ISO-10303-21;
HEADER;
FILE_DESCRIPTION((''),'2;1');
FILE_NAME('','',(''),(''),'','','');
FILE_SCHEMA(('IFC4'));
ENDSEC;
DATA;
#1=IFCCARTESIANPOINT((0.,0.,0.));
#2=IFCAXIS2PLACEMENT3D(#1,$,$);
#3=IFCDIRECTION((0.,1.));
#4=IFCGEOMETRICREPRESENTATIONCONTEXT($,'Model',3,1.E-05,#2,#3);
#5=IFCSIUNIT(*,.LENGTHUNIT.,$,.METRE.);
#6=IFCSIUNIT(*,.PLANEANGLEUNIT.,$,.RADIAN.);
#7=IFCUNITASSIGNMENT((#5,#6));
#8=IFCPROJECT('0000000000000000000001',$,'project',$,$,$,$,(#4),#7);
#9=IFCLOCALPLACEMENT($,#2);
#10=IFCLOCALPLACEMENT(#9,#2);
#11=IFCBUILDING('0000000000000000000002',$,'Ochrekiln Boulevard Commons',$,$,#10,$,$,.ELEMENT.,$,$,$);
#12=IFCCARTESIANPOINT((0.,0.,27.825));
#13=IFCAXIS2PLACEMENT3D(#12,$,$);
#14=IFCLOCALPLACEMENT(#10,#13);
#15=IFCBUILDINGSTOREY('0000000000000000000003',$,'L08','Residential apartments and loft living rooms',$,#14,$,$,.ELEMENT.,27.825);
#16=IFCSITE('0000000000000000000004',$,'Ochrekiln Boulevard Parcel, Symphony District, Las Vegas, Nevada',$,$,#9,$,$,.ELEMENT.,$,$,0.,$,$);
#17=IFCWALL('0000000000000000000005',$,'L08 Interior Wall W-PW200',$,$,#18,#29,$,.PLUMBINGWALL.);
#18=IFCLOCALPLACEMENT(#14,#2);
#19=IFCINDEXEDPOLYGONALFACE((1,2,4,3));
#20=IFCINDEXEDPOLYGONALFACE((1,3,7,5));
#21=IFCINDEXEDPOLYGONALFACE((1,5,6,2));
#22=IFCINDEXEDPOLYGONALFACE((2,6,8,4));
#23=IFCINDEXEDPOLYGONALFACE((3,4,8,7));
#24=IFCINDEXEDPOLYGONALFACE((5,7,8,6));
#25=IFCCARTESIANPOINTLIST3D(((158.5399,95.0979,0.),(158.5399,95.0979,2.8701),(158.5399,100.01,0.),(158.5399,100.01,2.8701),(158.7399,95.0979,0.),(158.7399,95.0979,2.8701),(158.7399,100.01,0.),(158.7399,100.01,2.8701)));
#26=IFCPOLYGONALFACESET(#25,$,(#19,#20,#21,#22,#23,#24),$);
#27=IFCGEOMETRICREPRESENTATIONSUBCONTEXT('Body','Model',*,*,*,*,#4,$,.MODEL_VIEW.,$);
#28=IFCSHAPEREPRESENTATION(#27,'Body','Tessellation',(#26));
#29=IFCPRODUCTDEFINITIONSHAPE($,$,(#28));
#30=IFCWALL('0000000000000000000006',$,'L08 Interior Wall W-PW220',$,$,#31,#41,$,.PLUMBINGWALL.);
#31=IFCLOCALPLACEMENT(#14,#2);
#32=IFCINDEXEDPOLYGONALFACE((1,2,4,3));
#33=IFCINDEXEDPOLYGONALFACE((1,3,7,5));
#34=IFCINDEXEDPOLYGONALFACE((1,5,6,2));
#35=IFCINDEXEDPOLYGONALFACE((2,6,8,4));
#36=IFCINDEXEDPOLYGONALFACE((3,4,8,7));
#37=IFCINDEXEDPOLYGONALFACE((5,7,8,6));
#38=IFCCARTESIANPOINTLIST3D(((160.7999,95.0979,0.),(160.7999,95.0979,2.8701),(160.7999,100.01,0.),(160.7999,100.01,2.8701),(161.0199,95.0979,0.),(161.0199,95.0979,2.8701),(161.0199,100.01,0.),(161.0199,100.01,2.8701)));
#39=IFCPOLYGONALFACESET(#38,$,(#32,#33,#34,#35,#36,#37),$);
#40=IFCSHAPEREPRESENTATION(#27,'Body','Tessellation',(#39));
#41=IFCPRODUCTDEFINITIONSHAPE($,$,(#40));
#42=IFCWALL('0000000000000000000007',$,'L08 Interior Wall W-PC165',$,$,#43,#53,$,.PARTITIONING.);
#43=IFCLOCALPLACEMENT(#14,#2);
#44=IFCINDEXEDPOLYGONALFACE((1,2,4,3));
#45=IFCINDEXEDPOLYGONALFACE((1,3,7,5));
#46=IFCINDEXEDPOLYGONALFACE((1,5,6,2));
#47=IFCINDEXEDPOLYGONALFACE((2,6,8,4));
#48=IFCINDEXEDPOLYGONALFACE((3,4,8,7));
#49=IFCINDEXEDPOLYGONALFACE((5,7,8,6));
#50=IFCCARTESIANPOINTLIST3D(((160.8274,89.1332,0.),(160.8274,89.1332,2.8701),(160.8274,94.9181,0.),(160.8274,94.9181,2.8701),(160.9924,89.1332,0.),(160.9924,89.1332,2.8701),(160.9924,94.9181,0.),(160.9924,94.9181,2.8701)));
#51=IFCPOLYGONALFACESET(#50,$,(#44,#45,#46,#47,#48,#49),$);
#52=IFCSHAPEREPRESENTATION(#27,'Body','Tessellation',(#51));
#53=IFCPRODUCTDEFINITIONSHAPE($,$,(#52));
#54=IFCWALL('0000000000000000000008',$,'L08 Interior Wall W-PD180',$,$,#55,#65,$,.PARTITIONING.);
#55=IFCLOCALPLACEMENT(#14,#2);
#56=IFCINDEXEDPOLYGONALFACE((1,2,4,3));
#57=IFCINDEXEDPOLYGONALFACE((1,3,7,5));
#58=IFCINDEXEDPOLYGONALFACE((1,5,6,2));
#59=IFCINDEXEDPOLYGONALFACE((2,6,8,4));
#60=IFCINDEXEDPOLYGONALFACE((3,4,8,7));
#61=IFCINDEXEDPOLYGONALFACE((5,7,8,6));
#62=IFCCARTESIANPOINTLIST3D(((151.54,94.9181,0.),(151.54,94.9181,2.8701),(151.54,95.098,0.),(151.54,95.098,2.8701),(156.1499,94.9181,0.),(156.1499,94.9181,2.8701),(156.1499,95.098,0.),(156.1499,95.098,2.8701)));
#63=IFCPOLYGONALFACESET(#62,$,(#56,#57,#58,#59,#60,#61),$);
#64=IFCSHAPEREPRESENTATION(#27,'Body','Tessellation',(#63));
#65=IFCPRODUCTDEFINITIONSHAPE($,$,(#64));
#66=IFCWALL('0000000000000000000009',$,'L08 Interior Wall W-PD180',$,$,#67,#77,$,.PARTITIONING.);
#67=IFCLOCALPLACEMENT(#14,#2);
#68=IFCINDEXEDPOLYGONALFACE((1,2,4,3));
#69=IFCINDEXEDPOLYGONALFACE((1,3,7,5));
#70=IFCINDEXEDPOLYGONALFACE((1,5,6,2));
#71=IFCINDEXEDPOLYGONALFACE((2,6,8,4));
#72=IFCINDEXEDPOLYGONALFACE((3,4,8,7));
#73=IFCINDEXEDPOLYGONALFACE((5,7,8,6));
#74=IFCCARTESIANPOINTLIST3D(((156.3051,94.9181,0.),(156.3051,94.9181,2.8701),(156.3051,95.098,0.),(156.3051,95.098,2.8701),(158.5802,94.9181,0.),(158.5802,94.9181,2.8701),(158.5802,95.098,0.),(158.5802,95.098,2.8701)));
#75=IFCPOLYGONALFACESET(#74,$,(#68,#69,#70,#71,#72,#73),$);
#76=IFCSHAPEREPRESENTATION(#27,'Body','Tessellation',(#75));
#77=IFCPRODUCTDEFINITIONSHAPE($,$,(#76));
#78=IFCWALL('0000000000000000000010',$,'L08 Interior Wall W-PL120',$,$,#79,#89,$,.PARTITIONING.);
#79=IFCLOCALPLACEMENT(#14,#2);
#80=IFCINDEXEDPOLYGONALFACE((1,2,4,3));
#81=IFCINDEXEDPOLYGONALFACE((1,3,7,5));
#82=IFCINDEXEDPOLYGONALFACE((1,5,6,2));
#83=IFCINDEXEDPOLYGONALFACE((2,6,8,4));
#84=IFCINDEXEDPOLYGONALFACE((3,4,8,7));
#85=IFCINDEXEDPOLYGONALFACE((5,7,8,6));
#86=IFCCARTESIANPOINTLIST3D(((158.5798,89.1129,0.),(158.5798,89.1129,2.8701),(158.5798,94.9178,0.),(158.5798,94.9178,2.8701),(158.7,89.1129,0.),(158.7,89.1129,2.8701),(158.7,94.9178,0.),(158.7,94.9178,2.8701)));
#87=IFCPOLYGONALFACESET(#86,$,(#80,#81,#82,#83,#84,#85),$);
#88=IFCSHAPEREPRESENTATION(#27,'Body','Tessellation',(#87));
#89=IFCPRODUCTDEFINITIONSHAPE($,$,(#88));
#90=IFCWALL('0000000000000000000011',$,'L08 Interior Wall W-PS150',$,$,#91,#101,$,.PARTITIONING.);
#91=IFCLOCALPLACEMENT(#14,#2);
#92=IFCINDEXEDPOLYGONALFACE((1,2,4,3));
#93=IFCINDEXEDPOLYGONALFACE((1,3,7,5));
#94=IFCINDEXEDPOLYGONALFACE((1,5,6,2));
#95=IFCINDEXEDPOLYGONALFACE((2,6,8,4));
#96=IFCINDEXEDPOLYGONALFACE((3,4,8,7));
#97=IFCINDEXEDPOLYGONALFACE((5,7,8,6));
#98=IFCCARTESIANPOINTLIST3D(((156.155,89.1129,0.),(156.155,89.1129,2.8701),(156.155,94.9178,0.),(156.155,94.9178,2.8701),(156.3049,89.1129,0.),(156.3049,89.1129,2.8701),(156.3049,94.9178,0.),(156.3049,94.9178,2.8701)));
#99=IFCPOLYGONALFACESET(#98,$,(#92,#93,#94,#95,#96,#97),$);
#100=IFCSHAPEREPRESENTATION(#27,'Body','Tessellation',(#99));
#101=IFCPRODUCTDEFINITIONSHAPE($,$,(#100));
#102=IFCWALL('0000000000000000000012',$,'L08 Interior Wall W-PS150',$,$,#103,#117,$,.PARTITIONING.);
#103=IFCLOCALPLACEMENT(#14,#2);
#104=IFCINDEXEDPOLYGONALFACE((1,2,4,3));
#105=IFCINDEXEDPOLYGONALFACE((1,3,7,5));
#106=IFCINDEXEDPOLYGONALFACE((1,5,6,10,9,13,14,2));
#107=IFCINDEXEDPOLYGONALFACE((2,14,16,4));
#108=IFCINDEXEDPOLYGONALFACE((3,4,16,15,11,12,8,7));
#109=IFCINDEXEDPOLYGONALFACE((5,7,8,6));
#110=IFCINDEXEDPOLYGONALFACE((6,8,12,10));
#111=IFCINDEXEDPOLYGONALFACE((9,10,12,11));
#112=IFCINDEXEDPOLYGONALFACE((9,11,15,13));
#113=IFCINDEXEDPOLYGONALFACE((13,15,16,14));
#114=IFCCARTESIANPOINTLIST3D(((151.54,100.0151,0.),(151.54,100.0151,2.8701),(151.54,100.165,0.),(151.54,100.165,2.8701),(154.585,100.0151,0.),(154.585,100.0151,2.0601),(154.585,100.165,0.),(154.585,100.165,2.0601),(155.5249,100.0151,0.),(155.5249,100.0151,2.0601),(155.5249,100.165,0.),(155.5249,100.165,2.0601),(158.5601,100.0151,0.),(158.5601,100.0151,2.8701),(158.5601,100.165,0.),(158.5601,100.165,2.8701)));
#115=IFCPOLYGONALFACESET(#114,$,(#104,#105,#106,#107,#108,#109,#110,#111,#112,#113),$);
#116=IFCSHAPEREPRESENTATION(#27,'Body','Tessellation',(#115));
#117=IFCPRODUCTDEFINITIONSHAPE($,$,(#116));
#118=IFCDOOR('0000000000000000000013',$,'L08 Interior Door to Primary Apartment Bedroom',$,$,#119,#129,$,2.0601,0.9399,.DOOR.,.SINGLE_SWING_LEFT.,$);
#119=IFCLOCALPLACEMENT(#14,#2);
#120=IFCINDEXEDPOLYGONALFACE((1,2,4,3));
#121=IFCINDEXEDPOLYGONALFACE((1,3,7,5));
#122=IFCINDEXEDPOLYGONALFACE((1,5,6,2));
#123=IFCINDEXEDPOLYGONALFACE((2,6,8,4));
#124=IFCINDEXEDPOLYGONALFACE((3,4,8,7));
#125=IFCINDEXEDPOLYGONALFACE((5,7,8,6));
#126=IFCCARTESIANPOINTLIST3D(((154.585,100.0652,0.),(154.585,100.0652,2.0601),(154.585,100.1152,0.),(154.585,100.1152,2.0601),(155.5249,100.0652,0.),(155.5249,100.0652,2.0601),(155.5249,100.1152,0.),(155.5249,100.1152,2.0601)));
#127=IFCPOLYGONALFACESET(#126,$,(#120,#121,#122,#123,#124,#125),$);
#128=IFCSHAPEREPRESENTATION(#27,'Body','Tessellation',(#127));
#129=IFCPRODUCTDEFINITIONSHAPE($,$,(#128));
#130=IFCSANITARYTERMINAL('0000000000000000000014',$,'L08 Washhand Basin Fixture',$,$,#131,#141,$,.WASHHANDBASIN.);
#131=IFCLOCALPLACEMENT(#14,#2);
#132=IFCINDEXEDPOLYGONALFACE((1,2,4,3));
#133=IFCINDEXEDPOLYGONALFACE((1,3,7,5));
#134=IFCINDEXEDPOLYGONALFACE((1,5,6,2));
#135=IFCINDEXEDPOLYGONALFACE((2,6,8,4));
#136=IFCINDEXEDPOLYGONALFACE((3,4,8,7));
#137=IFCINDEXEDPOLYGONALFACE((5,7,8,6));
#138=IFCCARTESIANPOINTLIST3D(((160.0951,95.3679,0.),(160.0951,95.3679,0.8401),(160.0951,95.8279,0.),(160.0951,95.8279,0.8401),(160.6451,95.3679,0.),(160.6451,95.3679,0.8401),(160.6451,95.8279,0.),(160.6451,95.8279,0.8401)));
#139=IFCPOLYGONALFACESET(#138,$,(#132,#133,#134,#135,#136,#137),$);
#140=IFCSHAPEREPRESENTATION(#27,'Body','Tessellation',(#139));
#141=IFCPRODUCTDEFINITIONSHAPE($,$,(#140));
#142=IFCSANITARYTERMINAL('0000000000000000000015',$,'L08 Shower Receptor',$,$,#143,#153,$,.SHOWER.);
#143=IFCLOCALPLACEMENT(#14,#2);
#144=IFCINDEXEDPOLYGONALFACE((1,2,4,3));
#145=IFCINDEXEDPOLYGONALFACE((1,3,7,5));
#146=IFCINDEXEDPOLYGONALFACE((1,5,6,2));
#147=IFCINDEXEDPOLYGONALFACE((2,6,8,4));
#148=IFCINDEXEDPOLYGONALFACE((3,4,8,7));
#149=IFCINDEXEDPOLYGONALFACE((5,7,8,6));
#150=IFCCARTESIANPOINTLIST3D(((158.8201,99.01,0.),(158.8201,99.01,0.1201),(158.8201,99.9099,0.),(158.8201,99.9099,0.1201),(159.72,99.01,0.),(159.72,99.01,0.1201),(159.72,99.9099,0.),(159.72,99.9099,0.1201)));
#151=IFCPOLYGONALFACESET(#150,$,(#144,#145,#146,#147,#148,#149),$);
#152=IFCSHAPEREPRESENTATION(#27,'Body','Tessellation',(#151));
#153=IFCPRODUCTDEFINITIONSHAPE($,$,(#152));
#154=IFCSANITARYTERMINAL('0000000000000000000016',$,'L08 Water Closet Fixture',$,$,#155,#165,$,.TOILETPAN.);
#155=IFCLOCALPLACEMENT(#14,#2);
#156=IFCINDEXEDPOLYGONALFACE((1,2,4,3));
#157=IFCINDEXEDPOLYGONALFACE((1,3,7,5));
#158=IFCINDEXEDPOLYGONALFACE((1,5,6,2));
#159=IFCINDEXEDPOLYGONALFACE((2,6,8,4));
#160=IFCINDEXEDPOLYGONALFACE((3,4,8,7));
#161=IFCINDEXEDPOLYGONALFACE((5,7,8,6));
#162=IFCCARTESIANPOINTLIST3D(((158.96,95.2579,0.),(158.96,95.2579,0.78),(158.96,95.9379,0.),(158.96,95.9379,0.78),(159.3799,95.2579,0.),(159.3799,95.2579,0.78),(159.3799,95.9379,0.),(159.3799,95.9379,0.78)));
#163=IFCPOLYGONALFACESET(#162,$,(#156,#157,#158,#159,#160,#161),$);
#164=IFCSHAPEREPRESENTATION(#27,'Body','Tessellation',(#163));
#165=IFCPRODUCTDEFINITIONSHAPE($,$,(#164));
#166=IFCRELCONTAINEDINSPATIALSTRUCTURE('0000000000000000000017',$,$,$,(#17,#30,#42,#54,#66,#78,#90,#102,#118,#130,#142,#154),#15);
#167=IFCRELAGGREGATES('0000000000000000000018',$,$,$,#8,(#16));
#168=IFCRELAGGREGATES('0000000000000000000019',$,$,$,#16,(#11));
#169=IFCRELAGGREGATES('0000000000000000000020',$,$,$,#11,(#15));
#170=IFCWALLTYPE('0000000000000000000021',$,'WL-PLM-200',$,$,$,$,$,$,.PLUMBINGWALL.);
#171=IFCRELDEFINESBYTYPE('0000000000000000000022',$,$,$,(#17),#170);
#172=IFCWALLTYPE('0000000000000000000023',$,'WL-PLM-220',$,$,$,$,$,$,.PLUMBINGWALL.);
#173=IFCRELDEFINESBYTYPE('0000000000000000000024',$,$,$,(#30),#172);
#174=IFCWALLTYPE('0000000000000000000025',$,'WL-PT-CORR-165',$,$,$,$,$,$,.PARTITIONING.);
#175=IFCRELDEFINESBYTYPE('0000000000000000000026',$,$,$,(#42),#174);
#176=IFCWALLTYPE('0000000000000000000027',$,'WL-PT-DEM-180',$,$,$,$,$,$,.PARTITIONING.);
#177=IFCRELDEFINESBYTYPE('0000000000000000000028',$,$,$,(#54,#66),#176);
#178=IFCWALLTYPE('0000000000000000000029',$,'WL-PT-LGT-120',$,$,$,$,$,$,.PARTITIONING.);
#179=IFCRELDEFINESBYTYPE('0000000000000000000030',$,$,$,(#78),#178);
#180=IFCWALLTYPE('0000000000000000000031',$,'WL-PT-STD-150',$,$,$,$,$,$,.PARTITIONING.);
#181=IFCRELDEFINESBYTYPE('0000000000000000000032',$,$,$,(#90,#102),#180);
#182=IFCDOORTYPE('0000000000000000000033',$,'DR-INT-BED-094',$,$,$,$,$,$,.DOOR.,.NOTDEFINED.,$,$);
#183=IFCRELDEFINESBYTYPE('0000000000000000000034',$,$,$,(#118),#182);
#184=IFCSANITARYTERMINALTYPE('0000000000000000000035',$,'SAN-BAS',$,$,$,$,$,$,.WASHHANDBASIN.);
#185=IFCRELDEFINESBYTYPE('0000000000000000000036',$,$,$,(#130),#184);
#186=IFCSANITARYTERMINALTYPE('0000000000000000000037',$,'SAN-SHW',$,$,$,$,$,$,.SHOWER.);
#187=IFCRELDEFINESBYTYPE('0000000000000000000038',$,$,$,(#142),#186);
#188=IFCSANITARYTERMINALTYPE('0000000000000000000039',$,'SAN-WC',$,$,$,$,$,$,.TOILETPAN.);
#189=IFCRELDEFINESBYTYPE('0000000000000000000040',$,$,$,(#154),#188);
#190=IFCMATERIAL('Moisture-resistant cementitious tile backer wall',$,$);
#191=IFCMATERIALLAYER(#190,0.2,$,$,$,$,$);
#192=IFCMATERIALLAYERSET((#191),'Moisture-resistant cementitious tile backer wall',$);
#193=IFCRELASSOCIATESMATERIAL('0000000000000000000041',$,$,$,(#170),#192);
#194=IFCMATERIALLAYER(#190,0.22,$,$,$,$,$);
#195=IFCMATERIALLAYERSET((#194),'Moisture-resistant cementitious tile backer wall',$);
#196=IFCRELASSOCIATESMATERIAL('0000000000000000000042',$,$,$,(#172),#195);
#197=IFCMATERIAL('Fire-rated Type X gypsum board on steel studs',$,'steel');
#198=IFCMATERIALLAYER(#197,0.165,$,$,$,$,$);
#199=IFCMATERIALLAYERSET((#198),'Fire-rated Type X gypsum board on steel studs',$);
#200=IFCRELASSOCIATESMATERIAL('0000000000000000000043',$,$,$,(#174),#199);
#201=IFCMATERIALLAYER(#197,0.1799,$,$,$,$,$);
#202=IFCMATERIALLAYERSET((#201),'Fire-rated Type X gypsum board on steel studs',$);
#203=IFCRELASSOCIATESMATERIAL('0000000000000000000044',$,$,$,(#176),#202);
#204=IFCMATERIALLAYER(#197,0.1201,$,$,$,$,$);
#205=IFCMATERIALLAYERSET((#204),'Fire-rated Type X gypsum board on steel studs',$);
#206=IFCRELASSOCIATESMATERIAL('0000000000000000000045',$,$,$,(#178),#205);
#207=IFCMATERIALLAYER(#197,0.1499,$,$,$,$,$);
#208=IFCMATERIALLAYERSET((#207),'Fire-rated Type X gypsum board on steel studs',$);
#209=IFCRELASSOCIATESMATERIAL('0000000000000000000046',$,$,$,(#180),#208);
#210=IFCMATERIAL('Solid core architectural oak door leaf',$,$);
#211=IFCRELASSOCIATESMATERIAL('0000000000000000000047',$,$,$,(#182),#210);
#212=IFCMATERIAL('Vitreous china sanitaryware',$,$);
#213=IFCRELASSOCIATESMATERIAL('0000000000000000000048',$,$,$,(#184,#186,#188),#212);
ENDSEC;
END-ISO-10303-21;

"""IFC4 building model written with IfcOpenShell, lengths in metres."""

from ifc_helpers import new_model, si_unit, direction, frame, frame_2d, origin, origin_2d, place, context, subcontext, project, spatial, rectangle, extrude, material, layer, layer_set, type_object, element, fill, save


model = new_model("IFC4")

# Units and contexts
model_context = context("Model", 3, precision=1e-05, world=origin(), true_north=direction((0.0, 1.0)))
body_context = subcontext(model_context, "Body", "Model", "MODEL_VIEW")
ifc_project = project(units=[si_unit("LENGTHUNIT", "METRE"), si_unit("PLANEANGLEUNIT", "RADIAN")], contexts=[model_context])

# Site, building, storey
site_placement = place(None, origin())
site = spatial("IfcSite", under=ifc_project, at=site_placement, Name="Ochrekiln Boulevard Parcel, Symphony District, Las Vegas, Nevada", CompositionType="ELEMENT", RefElevation=0.0)
building_placement = place(site_placement, origin())
building = spatial("IfcBuilding", under=site, at=building_placement, Name="Ochrekiln Boulevard Commons", CompositionType="ELEMENT")
storey_placement = place(building_placement, frame((0.0, 0.0, 27.825)))
storey = spatial("IfcBuildingStorey", under=building, at=storey_placement, Name="L08", Description="Residential apartments and loft living rooms", CompositionType="ELEMENT", Elevation=27.825)

# Shared definitions
ifc_material_1 = material(Name="Moisture-resistant cementitious tile backer wall")
ifc_layer_1 = layer(ifc_material_1, 0.2)
ifc_layer_set_1 = layer_set([ifc_layer_1], Name="Moisture-resistant cementitious tile backer wall")
wall_type_1 = type_object("IfcWallType", Name="WL-PLM-200", PredefinedType="PLUMBINGWALL", material=ifc_layer_set_1)

# Shared definitions
ifc_material_2 = material(Name="Solid core architectural oak door leaf")

# Walls
wall_1_placement = place(storey_placement, frame((158.6399, 95.0979, 0.0), z_axis=(0.0, 0.0, 1.0), x_axis=(0.0, 1.0, 0.0)))
element("IfcWall", 1, at=wall_1_placement, inside=storey, type_object=wall_type_1, Name="L08 Interior Wall W-PW200", PredefinedType="PLUMBINGWALL", context=body_context, shape_type="SweptSolid", body=[
    extrude(rectangle(XDim=4.9121, YDim=0.2, at=frame_2d((2.4561, 0.0))), origin(), (0.0, 0.0, 1.0), 2.8701),
])
ifc_layer_2 = layer(ifc_material_1, 0.22)
ifc_layer_set_2 = layer_set([ifc_layer_2], Name="Moisture-resistant cementitious tile backer wall")
wall_type_2 = type_object("IfcWallType", Name="WL-PLM-220", PredefinedType="PLUMBINGWALL", material=ifc_layer_set_2)
wall_2_placement = place(storey_placement, frame((160.9099, 95.0979, 0.0), z_axis=(0.0, 0.0, 1.0), x_axis=(0.0, 1.0, 0.0)))
element("IfcWall", 2, at=wall_2_placement, inside=storey, type_object=wall_type_2, Name="L08 Interior Wall W-PW220", PredefinedType="PLUMBINGWALL", context=body_context, shape_type="SweptSolid", body=[
    extrude(rectangle(XDim=4.9121, YDim=0.22, at=frame_2d((2.4561, 0.0))), origin(), (0.0, 0.0, 1.0), 2.8701),
])
ifc_material_3 = material(Name="Fire-rated Type X gypsum board on steel studs", Category="steel")
ifc_layer_3 = layer(ifc_material_3, 0.165)
ifc_layer_set_3 = layer_set([ifc_layer_3], Name="Fire-rated Type X gypsum board on steel studs")
wall_type_3 = type_object("IfcWallType", Name="WL-PT-CORR-165", PredefinedType="PARTITIONING", material=ifc_layer_set_3)
wall_3_placement = place(storey_placement, frame((160.9099, 89.1331, 0.0), z_axis=(0.0, 0.0, 1.0), x_axis=(0.0, 1.0, 0.0)))
element("IfcWall", 3, at=wall_3_placement, inside=storey, type_object=wall_type_3, Name="L08 Interior Wall W-PC165", PredefinedType="PARTITIONING", context=body_context, shape_type="SweptSolid", body=[
    extrude(rectangle(XDim=5.7849, YDim=0.165, at=frame_2d((2.8926, 0.0))), origin(), (0.0, 0.0, 1.0), 2.8701),
])
ifc_layer_4 = layer(ifc_material_3, 0.1799)
ifc_layer_set_4 = layer_set([ifc_layer_4], Name="Fire-rated Type X gypsum board on steel studs")
wall_type_4 = type_object("IfcWallType", Name="WL-PT-DEM-180", PredefinedType="PARTITIONING", material=ifc_layer_set_4)
wall_4_placement = place(storey_placement, frame((151.54, 95.0081, 0.0), z_axis=(0.0, 0.0, 1.0), x_axis=(1.0, 0.0, 0.0)))
element("IfcWall", 4, at=wall_4_placement, inside=storey, type_object=wall_type_4, Name="L08 Interior Wall W-PD180", PredefinedType="PARTITIONING", context=body_context, shape_type="SweptSolid", body=[
    extrude(rectangle(XDim=4.6099, YDim=0.1799, at=frame_2d((2.3049, 0.0))), origin(), (0.0, 0.0, 1.0), 2.8701),
])
wall_5_placement = place(storey_placement, frame((156.3049, 95.0081, 0.0), z_axis=(0.0, 0.0, 1.0), x_axis=(1.0, 0.0, 0.0)))
element("IfcWall", 5, at=wall_5_placement, inside=storey, type_object=wall_type_4, Name="L08 Interior Wall W-PD180", PredefinedType="PARTITIONING", context=body_context, shape_type="SweptSolid", body=[
    extrude(rectangle(XDim=2.2751, YDim=0.1799, at=frame_2d((1.1377, 0.0))), origin(), (0.0, 0.0, 1.0), 2.8701),
])
ifc_layer_5 = layer(ifc_material_3, 0.1201)
ifc_layer_set_5 = layer_set([ifc_layer_5], Name="Fire-rated Type X gypsum board on steel studs")
wall_type_5 = type_object("IfcWallType", Name="WL-PT-LGT-120", PredefinedType="PARTITIONING", material=ifc_layer_set_5)
wall_6_placement = place(storey_placement, frame((158.6399, 89.113, 0.0), z_axis=(0.0, 0.0, 1.0), x_axis=(0.0, 1.0, 0.0)))
element("IfcWall", 6, at=wall_6_placement, inside=storey, type_object=wall_type_5, Name="L08 Interior Wall W-PL120", PredefinedType="PARTITIONING", context=body_context, shape_type="SweptSolid", body=[
    extrude(rectangle(XDim=5.8049, YDim=0.1201, at=frame_2d((2.9023, 0.0))), origin(), (0.0, 0.0, 1.0), 2.8701),
])
ifc_layer_6 = layer(ifc_material_3, 0.1499)
ifc_layer_set_6 = layer_set([ifc_layer_6], Name="Fire-rated Type X gypsum board on steel studs")
wall_type_6 = type_object("IfcWallType", Name="WL-PT-STD-150", PredefinedType="PARTITIONING", material=ifc_layer_set_6)
wall_7_placement = place(storey_placement, frame((156.23, 89.113, 0.0), z_axis=(0.0, 0.0, 1.0), x_axis=(0.0, 1.0, 0.0)))
element("IfcWall", 7, at=wall_7_placement, inside=storey, type_object=wall_type_6, Name="L08 Interior Wall W-PS150", PredefinedType="PARTITIONING", context=body_context, shape_type="SweptSolid", body=[
    extrude(rectangle(XDim=5.8049, YDim=0.1499, at=frame_2d((2.9023, 0.0))), origin(), (0.0, 0.0, 1.0), 2.8701),
])

# Wall, opening, door
wall_8_placement = place(storey_placement, frame((151.54, 100.0901, 0.0), z_axis=(0.0, 0.0, 1.0), x_axis=(1.0, 0.0, 0.0)))
wall_8 = element("IfcWall", 8, at=wall_8_placement, inside=storey, type_object=wall_type_6, Name="L08 Interior Wall W-PS150", PredefinedType="PARTITIONING", context=body_context, shape_type="SweptSolid", body=[
    extrude(rectangle(XDim=7.02, YDim=0.1499, at=frame_2d((3.51, 0.0))), origin(), (0.0, 0.0, 1.0), 2.8701),
])
opening_1_placement = place(wall_8_placement, frame((3.0449, 0.0, 0.0)))
opening_1 = element("IfcOpeningElement", 9, at=opening_1_placement, cuts=wall_8, PredefinedType="OPENING", context=body_context, shape_type="SweptSolid", body=[
    extrude(rectangle(XDim=0.9399, YDim=2.0601, at=frame_2d((0.47, 1.03))), frame((0.0, 0.085, 0.0), z_axis=(0.0, -1.0, 0.0), x_axis=(1.0, 0.0, 0.0)), (0.0, 0.0, 1.0), 0.1699),
])
door_type_1 = type_object("IfcDoorType", Name="DR-INT-BED-094", OperationType="NOTDEFINED", PredefinedType="DOOR", material=ifc_material_2)
door_1_placement = place(opening_1_placement, frame((0.9399, 0.0, 0.0), z_axis=(0.0, 0.0, 1.0), x_axis=(-1.0, 0.0, 0.0)))
door_1 = element("IfcDoor", 10, at=door_1_placement, inside=storey, type_object=door_type_1, Name="L08 Interior Door to Primary Apartment Bedroom", OperationType="SINGLE_SWING_LEFT", OverallHeight=2.0601, OverallWidth=0.9399, PredefinedType="DOOR", context=body_context, shape_type="SweptSolid", body=[
    extrude(rectangle(XDim=0.9399, YDim=2.0601, at=frame_2d((0.47, 1.03))), frame((0.0, 0.0249, 0.0), z_axis=(0.0, -1.0, 0.0), x_axis=(1.0, 0.0, 0.0)), (0.0, 0.0, 1.0), 0.05),
])
fill(opening_1, door_1)

# Sanitary terminals
ifc_material_4 = material(Name="Vitreous china sanitaryware")
sanitary_terminal_type_1 = type_object("IfcSanitaryTerminalType", Name="SAN-BAS", PredefinedType="WASHHANDBASIN", material=ifc_material_4)
sanitary_terminal_1_placement = place(storey_placement, frame((160.3701, 95.5979, 0.0), z_axis=(0.0, 0.0, 1.0), x_axis=(1.0, 0.0, 0.0)))
element("IfcSanitaryTerminal", 11, at=sanitary_terminal_1_placement, inside=storey, type_object=sanitary_terminal_type_1, Name="L08 Washhand Basin Fixture", PredefinedType="WASHHANDBASIN", context=body_context, shape_type="SweptSolid", body=[
    extrude(rectangle(XDim=0.55, YDim=0.46, at=origin_2d()), origin(), (0.0, 0.0, 1.0), 0.8401),
])
sanitary_terminal_type_2 = type_object("IfcSanitaryTerminalType", Name="SAN-SHW", PredefinedType="SHOWER", material=ifc_material_4)
sanitary_terminal_2_placement = place(storey_placement, frame((159.27, 99.46, 0.0), z_axis=(0.0, 0.0, 1.0), x_axis=(1.0, 0.0, 0.0)))
element("IfcSanitaryTerminal", 12, at=sanitary_terminal_2_placement, inside=storey, type_object=sanitary_terminal_type_2, Name="L08 Shower Receptor", PredefinedType="SHOWER", context=body_context, shape_type="SweptSolid", body=[
    extrude(rectangle(XDim=0.8999, YDim=0.8999, at=origin_2d()), origin(), (0.0, 0.0, 1.0), 0.1201),
])
sanitary_terminal_type_3 = type_object("IfcSanitaryTerminalType", Name="SAN-WC", PredefinedType="TOILETPAN", material=ifc_material_4)
sanitary_terminal_3_placement = place(storey_placement, frame((159.1699, 95.5979, 0.0), z_axis=(0.0, 0.0, 1.0), x_axis=(1.0, 0.0, 0.0)))
element("IfcSanitaryTerminal", 13, at=sanitary_terminal_3_placement, inside=storey, type_object=sanitary_terminal_type_3, Name="L08 Water Closet Fixture", PredefinedType="TOILETPAN", context=body_context, shape_type="SweptSolid", body=[
    extrude(rectangle(XDim=0.4199, YDim=0.6799, at=origin_2d()), origin(), (0.0, 0.0, 1.0), 0.78),
])

save(model, "model.ifc")
